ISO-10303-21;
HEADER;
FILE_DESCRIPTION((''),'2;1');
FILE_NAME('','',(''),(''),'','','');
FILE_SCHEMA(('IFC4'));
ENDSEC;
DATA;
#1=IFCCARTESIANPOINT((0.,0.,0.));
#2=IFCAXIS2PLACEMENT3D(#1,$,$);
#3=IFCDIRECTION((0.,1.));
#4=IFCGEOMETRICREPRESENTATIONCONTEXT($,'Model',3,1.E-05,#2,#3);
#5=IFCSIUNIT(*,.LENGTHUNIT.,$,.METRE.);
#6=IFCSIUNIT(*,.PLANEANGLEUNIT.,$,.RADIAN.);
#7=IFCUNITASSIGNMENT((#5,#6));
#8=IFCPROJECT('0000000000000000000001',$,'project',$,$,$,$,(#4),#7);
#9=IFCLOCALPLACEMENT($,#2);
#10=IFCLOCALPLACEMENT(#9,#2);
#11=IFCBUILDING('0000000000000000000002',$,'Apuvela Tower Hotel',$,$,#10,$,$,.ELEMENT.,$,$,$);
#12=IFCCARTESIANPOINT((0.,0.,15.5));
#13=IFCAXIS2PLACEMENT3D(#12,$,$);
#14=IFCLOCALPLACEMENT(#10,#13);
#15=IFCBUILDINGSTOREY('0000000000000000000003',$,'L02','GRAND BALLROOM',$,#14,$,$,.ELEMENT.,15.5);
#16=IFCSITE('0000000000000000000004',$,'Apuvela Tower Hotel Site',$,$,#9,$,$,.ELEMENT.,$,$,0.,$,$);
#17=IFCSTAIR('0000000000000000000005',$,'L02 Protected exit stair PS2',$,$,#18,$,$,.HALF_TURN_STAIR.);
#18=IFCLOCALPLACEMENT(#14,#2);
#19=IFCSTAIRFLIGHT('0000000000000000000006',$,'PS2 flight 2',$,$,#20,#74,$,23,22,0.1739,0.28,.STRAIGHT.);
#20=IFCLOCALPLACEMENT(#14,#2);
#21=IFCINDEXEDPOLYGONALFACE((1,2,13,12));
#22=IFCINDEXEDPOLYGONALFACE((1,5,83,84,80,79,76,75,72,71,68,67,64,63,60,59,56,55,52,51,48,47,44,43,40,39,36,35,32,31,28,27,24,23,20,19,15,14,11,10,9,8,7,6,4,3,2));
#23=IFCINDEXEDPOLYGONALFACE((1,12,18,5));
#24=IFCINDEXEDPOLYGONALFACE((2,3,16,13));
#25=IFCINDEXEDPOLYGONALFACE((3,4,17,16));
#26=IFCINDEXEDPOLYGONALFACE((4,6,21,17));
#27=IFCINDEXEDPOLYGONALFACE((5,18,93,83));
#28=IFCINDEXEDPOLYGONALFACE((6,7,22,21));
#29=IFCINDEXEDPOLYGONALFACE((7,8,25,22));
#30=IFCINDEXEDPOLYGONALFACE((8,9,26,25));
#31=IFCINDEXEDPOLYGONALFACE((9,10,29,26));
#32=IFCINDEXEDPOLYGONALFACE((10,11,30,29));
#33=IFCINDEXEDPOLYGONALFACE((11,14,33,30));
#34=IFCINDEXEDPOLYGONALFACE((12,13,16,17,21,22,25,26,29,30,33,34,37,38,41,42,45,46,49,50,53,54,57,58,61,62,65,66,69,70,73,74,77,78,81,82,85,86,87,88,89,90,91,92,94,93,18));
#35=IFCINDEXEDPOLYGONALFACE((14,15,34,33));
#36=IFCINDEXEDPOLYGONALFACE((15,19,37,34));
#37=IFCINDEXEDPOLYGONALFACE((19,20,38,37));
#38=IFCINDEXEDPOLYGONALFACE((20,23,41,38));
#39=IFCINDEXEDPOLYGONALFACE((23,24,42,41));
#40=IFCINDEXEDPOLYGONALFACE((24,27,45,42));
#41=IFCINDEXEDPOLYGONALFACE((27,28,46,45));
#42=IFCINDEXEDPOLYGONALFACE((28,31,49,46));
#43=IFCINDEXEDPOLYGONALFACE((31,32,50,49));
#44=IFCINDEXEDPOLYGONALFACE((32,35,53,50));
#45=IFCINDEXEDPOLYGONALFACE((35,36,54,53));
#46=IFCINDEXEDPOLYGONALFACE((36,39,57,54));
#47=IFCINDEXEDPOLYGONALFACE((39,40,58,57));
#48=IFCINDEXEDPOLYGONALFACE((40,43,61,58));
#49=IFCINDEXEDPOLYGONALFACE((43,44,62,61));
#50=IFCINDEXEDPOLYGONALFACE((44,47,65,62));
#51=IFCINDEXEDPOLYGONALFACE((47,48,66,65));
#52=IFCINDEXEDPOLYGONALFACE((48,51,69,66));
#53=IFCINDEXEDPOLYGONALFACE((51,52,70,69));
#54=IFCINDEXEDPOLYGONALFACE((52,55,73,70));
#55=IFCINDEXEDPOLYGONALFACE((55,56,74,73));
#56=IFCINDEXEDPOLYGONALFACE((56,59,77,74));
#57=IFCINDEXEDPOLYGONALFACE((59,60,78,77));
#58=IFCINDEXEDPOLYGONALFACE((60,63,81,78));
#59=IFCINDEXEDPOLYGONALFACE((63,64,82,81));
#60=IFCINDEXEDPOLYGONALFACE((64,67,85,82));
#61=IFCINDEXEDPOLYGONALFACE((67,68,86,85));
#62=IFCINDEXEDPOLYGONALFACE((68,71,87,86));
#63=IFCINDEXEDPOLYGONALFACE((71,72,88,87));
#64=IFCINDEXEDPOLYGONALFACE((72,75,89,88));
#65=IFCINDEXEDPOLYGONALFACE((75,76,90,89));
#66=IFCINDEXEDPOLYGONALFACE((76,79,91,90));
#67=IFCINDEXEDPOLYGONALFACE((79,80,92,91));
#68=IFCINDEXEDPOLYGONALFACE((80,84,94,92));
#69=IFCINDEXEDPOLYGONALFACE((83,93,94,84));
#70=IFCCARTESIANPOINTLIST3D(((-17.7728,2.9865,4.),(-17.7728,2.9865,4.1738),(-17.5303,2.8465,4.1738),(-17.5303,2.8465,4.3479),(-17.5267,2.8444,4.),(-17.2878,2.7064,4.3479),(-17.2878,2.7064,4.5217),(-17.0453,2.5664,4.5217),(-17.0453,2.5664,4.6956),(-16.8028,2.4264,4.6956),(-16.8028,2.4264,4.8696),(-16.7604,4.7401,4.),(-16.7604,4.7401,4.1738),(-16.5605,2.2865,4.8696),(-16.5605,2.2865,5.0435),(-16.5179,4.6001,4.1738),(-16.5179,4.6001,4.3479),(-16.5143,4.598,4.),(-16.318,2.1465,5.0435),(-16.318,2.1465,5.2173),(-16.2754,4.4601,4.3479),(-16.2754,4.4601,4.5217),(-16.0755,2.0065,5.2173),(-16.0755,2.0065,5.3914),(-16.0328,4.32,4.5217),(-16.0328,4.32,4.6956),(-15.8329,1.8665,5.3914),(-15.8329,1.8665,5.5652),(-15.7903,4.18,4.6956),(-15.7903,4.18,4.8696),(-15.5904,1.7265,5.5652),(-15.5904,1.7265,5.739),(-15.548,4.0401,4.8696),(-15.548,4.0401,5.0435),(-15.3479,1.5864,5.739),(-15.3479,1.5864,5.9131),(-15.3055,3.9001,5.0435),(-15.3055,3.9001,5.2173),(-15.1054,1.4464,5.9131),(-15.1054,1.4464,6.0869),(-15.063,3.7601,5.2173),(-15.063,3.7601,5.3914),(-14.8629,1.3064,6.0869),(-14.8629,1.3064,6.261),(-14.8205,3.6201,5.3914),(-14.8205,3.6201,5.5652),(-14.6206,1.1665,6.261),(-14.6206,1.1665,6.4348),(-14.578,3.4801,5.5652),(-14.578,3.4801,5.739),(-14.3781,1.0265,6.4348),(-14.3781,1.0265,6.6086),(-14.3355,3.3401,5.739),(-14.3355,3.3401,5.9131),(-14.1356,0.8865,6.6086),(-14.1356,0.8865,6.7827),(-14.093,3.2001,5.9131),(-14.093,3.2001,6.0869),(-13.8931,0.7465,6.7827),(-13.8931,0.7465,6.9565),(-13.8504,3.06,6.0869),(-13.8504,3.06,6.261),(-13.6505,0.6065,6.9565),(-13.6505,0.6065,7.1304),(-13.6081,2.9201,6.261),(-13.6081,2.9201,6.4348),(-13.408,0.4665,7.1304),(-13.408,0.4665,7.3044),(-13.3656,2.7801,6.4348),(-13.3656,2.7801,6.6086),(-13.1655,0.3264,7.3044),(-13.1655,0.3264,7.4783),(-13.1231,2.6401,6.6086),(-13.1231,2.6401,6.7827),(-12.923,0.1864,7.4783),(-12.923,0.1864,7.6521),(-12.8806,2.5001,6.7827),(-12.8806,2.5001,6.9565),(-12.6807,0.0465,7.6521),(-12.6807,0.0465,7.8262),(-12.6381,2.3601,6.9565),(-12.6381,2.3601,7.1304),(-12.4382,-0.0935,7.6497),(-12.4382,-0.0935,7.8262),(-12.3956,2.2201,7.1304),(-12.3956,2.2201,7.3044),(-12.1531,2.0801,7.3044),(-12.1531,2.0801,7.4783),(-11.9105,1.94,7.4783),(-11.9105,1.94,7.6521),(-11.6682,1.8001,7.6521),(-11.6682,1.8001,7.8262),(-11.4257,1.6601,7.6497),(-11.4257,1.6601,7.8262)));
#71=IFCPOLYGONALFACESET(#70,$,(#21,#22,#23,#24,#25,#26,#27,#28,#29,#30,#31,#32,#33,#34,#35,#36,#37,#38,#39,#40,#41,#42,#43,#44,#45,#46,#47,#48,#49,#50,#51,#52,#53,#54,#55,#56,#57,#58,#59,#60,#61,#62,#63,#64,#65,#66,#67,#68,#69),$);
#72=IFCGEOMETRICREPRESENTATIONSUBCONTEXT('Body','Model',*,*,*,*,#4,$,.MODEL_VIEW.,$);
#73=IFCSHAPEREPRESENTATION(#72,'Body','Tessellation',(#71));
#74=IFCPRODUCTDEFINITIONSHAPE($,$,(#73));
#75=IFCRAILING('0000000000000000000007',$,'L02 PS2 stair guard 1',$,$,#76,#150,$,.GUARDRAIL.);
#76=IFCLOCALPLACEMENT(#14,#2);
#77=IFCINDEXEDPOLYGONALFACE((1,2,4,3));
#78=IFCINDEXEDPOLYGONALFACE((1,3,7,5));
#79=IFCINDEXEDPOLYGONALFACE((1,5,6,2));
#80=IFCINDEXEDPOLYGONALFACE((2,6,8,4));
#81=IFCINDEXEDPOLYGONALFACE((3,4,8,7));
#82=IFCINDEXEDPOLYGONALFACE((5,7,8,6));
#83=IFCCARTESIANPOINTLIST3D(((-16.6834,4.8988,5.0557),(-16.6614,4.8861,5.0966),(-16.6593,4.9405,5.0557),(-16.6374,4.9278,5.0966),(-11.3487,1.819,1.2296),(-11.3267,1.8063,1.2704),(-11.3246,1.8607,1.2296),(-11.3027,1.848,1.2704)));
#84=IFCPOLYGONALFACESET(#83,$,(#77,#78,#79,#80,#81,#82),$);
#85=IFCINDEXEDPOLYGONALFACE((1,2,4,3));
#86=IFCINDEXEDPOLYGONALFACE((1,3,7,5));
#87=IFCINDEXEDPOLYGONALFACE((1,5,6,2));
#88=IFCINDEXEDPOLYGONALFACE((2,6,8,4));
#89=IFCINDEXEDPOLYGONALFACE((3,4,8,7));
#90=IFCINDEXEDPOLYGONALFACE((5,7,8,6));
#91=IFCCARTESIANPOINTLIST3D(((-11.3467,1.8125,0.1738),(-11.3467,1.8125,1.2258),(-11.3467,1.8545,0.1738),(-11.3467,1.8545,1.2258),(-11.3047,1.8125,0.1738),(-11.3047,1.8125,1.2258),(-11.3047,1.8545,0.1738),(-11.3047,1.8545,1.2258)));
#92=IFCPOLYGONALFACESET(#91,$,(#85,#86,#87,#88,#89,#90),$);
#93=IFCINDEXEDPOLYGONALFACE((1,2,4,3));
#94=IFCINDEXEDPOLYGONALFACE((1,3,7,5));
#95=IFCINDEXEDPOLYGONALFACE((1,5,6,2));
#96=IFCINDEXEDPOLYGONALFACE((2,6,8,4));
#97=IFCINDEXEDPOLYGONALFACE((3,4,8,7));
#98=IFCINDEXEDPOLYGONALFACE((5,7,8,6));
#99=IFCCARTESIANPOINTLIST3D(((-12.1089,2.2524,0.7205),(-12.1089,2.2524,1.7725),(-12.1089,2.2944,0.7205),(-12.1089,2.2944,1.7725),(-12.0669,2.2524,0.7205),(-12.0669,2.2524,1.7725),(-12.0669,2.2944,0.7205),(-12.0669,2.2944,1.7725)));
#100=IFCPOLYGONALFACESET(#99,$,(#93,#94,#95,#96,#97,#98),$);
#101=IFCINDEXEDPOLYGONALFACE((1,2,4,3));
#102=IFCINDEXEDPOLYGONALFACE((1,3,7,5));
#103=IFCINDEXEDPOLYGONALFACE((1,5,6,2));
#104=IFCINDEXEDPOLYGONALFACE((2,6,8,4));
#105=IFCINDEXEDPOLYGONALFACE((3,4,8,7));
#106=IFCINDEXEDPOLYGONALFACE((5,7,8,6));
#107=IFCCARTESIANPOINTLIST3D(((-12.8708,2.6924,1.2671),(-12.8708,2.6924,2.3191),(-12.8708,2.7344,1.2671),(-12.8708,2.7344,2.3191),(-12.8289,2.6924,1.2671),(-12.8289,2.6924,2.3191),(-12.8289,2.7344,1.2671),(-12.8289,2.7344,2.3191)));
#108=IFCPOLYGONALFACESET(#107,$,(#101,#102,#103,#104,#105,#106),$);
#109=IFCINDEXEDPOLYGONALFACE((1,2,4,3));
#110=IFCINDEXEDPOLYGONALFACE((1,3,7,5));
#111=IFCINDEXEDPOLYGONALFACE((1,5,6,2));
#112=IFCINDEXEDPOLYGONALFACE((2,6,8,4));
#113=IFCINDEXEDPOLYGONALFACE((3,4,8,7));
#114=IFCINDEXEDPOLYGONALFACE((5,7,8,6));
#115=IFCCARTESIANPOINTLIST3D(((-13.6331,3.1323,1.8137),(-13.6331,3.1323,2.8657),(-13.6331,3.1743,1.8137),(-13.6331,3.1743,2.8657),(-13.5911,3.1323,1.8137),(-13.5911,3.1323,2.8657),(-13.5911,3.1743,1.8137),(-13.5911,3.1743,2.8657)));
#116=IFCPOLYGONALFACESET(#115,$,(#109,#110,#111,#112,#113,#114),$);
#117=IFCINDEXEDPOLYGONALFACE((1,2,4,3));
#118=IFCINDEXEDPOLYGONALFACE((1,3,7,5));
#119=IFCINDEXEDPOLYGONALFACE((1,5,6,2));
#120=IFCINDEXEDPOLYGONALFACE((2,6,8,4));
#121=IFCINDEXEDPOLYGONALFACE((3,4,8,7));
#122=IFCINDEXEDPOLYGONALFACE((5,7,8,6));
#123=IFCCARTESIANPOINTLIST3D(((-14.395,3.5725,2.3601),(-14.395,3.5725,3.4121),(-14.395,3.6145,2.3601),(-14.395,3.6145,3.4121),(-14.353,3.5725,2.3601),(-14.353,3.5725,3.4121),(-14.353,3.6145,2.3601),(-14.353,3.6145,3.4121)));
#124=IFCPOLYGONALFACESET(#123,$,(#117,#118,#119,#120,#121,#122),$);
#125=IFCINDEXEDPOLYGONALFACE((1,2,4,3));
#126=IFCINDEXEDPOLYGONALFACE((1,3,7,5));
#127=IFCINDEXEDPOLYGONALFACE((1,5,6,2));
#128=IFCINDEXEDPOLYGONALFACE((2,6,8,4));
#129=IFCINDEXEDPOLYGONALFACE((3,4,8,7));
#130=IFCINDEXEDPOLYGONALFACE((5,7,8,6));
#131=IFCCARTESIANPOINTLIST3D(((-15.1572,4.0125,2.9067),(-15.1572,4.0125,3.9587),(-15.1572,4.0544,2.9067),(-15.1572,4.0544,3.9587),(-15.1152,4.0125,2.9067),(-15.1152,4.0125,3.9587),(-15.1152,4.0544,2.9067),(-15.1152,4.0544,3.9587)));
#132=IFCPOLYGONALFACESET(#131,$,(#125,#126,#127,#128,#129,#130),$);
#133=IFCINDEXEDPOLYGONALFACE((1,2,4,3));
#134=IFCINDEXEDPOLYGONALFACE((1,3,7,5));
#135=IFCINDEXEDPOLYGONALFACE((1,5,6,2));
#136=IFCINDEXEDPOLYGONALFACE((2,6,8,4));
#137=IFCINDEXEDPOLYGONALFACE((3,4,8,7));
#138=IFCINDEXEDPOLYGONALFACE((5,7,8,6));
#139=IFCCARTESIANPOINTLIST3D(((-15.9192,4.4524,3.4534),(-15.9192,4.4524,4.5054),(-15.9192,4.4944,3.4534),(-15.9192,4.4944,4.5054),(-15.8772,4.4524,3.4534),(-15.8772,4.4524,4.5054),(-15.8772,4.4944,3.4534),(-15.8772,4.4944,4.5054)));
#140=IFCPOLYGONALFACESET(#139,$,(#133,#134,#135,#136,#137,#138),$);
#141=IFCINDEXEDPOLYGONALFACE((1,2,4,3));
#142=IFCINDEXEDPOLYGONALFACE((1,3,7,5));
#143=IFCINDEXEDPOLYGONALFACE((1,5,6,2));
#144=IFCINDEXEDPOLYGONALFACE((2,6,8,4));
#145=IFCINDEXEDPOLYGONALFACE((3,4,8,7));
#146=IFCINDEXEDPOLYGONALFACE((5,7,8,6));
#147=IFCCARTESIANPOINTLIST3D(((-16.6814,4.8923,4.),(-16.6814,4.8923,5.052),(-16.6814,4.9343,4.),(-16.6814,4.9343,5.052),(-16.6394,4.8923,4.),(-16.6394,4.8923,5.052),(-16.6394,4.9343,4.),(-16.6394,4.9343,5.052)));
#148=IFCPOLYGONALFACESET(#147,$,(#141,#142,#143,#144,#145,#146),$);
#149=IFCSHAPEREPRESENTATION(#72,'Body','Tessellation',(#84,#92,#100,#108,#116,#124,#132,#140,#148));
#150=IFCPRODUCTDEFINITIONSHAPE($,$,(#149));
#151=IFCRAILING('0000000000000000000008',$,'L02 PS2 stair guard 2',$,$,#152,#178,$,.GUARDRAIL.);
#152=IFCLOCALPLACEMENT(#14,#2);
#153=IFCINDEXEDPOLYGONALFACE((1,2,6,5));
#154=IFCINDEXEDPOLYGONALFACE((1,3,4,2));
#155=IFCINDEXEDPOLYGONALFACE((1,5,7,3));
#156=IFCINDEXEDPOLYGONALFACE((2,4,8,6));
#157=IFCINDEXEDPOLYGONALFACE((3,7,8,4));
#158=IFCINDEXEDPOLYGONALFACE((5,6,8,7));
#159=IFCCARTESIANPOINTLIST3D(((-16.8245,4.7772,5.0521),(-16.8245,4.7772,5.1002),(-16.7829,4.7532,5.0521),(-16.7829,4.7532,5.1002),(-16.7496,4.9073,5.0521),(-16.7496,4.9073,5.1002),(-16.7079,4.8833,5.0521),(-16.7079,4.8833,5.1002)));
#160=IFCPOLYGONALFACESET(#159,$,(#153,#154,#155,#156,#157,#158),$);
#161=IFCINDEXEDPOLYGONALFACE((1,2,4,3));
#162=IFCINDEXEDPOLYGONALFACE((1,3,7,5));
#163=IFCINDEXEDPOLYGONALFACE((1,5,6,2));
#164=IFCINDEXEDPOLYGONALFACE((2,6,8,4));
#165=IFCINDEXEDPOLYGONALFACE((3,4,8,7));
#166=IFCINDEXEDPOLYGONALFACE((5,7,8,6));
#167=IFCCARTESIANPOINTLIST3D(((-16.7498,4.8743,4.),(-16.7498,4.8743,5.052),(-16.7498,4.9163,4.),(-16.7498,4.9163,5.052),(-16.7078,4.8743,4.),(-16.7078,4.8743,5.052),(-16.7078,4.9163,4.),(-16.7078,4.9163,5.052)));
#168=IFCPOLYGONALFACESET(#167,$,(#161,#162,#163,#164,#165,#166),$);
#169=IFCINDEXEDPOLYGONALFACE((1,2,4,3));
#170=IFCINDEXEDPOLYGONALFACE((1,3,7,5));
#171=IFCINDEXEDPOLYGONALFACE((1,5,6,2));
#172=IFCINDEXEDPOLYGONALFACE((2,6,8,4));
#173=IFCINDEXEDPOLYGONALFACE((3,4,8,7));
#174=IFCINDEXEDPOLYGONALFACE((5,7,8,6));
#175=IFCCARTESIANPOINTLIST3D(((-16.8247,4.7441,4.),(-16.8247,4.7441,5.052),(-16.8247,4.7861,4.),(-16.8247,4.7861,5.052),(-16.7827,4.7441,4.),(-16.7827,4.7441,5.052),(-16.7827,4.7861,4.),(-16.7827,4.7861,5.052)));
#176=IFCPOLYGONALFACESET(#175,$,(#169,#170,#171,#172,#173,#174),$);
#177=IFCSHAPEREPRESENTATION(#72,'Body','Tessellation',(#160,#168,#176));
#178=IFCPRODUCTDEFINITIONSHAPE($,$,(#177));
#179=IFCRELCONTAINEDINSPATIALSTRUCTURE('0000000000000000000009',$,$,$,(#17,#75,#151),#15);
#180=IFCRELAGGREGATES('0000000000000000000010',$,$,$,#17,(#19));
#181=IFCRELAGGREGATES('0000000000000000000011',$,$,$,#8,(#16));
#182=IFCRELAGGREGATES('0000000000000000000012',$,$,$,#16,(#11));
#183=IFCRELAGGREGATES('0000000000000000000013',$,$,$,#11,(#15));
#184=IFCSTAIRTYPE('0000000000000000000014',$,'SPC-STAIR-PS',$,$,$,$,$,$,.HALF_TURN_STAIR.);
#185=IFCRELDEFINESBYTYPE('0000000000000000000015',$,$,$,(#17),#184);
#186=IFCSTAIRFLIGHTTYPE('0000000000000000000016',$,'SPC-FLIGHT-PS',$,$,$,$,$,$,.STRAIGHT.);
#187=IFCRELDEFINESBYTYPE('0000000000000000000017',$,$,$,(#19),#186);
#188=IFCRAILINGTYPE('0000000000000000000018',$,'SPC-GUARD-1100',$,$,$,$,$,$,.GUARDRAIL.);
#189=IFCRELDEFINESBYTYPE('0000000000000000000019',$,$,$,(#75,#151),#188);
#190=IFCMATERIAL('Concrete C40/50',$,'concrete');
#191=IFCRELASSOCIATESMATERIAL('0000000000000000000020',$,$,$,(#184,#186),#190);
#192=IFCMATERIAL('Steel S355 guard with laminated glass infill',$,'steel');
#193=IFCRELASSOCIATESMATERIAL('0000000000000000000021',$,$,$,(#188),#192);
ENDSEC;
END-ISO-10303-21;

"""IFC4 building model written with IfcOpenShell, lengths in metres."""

from ifc_helpers import new_model, si_unit, direction, frame, origin, origin_2d, place, context, subcontext, project, spatial, polyline, rectangle, outline, extrude, material, type_object, element, aggregate, save


model = new_model("IFC4")

# Units and contexts
model_context = context("Model", 3, precision=1e-05, world=origin(), true_north=direction((0.0, 1.0)))
body_context = subcontext(model_context, "Body", "Model", "MODEL_VIEW")
ifc_project = project(units=[si_unit("LENGTHUNIT", "METRE"), si_unit("PLANEANGLEUNIT", "RADIAN")], contexts=[model_context])

# Site, building, storey
site_placement = place(None, origin())
site = spatial("IfcSite", under=ifc_project, at=site_placement, Name="Apuvela Tower Hotel Site", CompositionType="ELEMENT", RefElevation=0.0)
building_placement = place(site_placement, origin())
building = spatial("IfcBuilding", under=site, at=building_placement, Name="Apuvela Tower Hotel", CompositionType="ELEMENT")
storey_placement = place(building_placement, frame((0.0, 0.0, 15.5)))
storey = spatial("IfcBuildingStorey", under=building, at=storey_placement, Name="L02", Description="GRAND BALLROOM", CompositionType="ELEMENT", Elevation=15.5)

# Stair, stair flight
ifc_material_1 = material(Name="Concrete C40/50", Category="concrete")
stair_type_1 = type_object("IfcStairType", Name="SPC-STAIR-PS", PredefinedType="HALF_TURN_STAIR", material=ifc_material_1)
stair_1_placement = place(storey_placement, origin())
stair_1 = element("IfcStair", 1, at=stair_1_placement, inside=storey, type_object=stair_type_1, Name="L02 Protected exit stair PS2", PredefinedType="HALF_TURN_STAIR")
stair_flight_type = type_object("IfcStairFlightType", Name="SPC-FLIGHT-PS", PredefinedType="STRAIGHT", material=ifc_material_1)
stair_flight_1_placement = place(storey_placement, frame((-17.2666, 3.8633, 4.0), z_axis=(0.0, 0.0, 1.0), x_axis=(0.866025, -0.5, 0.0)))
stair_flight_1 = element("IfcStairFlight", 2, at=stair_flight_1_placement, type_object=stair_flight_type, Name="PS2 flight 2", NumberOfRisers=23, NumberOfTreads=22, PredefinedType="STRAIGHT", RiserHeight=0.1739, TreadLength=0.28, context=body_context, shape_type="SweptSolid", body=[
    extrude(outline(polyline([(0.0, 0.0), (0.0, 0.1738), (0.28, 0.1738), (0.28, 0.3479), (0.5601, 0.3479), (0.5601, 0.5217), (0.8401, 0.5217), (0.8401, 0.6956), (1.1201, 0.6956), (1.1201, 0.8696), (1.3999, 0.8696), (1.3999, 1.0435), (1.6799, 1.0435), (1.6799, 1.2173), (1.96, 1.2173), (1.96, 1.3914), (2.24, 1.3914), (2.24, 1.5652), (2.52, 1.5652), (2.52, 1.739), (2.8, 1.739), (2.8, 1.9131), (3.0801, 1.9131), (3.0801, 2.0869), (3.3601, 2.0869), (3.3601, 2.261), (3.6399, 2.261), (3.6399, 2.4348), (3.9199, 2.4348), (3.9199, 2.6086), (4.2, 2.6086), (4.2, 2.7827), (4.48, 2.7827), (4.48, 2.9565), (4.76, 2.9565), (4.76, 3.1304), (5.04, 3.1304), (5.04, 3.3044), (5.3201, 3.3044), (5.3201, 3.4783), (5.6001, 3.4783), (5.6001, 3.6521), (5.8799, 3.6521), (5.8799, 3.8262), (6.1599, 3.8262), (6.1599, 4.0), (6.1599, 3.6497), (0.2842, 0.0), (0.0, 0.0)])), frame((0.0, 1.0125, 0.0), z_axis=(0.0, -1.0, 0.0), x_axis=(1.0, 0.0, 0.0)), (0.0, 0.0, 1.0), 2.0249),
])
aggregate(stair_1, [stair_flight_1])

# Railings
ifc_material_2 = material(Name="Steel S355 guard with laminated glass infill", Category="steel")
railing_type_1 = type_object("IfcRailingType", Name="SPC-GUARD-1100", PredefinedType="GUARDRAIL", material=ifc_material_2)
railing_1_placement = place(storey_placement, frame((-11.3257, 1.8335, 0.1738)))
element("IfcRailing", 3, at=railing_1_placement, inside=storey, type_object=railing_type_1, Name="L02 PS2 stair guard 1", PredefinedType="GUARDRAIL", context=body_context, shape_type="SweptSolid", body=[
    extrude(rectangle(XDim=0.0481, YDim=0.0481, at=origin_2d()), frame((0.0, 0.0, 1.0762), z_axis=(-0.735671, 0.424717, 0.527639), x_axis=(-0.49998, -0.866037, 0.0)), (0.0, 0.0, 1.0), 7.2515),
    extrude(rectangle(XDim=0.042, YDim=0.042, at=origin_2d()), origin(), (0.0, 0.0, 1.0), 1.052),
    extrude(rectangle(XDim=0.042, YDim=0.042, at=origin_2d()), frame((-0.7622, 0.4399, 0.5466)), (0.0, 0.0, 1.0), 1.052),
    extrude(rectangle(XDim=0.042, YDim=0.042, at=origin_2d()), frame((-1.5242, 0.8799, 1.0933)), (0.0, 0.0, 1.0), 1.052),
    extrude(rectangle(XDim=0.042, YDim=0.042, at=origin_2d()), frame((-2.2864, 1.3198, 1.6399)), (0.0, 0.0, 1.0), 1.052),
    extrude(rectangle(XDim=0.042, YDim=0.042, at=origin_2d()), frame((-3.0483, 1.76, 2.1863)), (0.0, 0.0, 1.0), 1.052),
    extrude(rectangle(XDim=0.042, YDim=0.042, at=origin_2d()), frame((-3.8105, 2.2, 2.7329)), (0.0, 0.0, 1.0), 1.052),
    extrude(rectangle(XDim=0.042, YDim=0.042, at=origin_2d()), frame((-4.5725, 2.6399, 3.2795)), (0.0, 0.0, 1.0), 1.052),
    extrude(rectangle(XDim=0.042, YDim=0.042, at=origin_2d()), frame((-5.3347, 3.0798, 3.8262)), (0.0, 0.0, 1.0), 1.052),
])
railing_2_placement = place(storey_placement, frame((-16.7288, 4.8953, 4.0)))
element("IfcRailing", 4, at=railing_2_placement, inside=storey, type_object=railing_type_1, Name="L02 PS2 stair guard 2", PredefinedType="GUARDRAIL", context=body_context, shape_type="SweptSolid", body=[
    extrude(rectangle(XDim=0.0481, YDim=0.0481, at=origin_2d()), frame((0.0, 0.0, 1.0762), z_axis=(-0.499112, -0.866537, 0.0), x_axis=(0.866537, -0.499112, 0.0)), (0.0, 0.0, 1.0), 0.1501),
    extrude(rectangle(XDim=0.042, YDim=0.042, at=origin_2d()), origin(), (0.0, 0.0, 1.0), 1.052),
    extrude(rectangle(XDim=0.042, YDim=0.042, at=origin_2d()), frame((-0.075, -0.1301, 0.0)), (0.0, 0.0, 1.0), 1.052),
])

save(model, "model.ifc")
